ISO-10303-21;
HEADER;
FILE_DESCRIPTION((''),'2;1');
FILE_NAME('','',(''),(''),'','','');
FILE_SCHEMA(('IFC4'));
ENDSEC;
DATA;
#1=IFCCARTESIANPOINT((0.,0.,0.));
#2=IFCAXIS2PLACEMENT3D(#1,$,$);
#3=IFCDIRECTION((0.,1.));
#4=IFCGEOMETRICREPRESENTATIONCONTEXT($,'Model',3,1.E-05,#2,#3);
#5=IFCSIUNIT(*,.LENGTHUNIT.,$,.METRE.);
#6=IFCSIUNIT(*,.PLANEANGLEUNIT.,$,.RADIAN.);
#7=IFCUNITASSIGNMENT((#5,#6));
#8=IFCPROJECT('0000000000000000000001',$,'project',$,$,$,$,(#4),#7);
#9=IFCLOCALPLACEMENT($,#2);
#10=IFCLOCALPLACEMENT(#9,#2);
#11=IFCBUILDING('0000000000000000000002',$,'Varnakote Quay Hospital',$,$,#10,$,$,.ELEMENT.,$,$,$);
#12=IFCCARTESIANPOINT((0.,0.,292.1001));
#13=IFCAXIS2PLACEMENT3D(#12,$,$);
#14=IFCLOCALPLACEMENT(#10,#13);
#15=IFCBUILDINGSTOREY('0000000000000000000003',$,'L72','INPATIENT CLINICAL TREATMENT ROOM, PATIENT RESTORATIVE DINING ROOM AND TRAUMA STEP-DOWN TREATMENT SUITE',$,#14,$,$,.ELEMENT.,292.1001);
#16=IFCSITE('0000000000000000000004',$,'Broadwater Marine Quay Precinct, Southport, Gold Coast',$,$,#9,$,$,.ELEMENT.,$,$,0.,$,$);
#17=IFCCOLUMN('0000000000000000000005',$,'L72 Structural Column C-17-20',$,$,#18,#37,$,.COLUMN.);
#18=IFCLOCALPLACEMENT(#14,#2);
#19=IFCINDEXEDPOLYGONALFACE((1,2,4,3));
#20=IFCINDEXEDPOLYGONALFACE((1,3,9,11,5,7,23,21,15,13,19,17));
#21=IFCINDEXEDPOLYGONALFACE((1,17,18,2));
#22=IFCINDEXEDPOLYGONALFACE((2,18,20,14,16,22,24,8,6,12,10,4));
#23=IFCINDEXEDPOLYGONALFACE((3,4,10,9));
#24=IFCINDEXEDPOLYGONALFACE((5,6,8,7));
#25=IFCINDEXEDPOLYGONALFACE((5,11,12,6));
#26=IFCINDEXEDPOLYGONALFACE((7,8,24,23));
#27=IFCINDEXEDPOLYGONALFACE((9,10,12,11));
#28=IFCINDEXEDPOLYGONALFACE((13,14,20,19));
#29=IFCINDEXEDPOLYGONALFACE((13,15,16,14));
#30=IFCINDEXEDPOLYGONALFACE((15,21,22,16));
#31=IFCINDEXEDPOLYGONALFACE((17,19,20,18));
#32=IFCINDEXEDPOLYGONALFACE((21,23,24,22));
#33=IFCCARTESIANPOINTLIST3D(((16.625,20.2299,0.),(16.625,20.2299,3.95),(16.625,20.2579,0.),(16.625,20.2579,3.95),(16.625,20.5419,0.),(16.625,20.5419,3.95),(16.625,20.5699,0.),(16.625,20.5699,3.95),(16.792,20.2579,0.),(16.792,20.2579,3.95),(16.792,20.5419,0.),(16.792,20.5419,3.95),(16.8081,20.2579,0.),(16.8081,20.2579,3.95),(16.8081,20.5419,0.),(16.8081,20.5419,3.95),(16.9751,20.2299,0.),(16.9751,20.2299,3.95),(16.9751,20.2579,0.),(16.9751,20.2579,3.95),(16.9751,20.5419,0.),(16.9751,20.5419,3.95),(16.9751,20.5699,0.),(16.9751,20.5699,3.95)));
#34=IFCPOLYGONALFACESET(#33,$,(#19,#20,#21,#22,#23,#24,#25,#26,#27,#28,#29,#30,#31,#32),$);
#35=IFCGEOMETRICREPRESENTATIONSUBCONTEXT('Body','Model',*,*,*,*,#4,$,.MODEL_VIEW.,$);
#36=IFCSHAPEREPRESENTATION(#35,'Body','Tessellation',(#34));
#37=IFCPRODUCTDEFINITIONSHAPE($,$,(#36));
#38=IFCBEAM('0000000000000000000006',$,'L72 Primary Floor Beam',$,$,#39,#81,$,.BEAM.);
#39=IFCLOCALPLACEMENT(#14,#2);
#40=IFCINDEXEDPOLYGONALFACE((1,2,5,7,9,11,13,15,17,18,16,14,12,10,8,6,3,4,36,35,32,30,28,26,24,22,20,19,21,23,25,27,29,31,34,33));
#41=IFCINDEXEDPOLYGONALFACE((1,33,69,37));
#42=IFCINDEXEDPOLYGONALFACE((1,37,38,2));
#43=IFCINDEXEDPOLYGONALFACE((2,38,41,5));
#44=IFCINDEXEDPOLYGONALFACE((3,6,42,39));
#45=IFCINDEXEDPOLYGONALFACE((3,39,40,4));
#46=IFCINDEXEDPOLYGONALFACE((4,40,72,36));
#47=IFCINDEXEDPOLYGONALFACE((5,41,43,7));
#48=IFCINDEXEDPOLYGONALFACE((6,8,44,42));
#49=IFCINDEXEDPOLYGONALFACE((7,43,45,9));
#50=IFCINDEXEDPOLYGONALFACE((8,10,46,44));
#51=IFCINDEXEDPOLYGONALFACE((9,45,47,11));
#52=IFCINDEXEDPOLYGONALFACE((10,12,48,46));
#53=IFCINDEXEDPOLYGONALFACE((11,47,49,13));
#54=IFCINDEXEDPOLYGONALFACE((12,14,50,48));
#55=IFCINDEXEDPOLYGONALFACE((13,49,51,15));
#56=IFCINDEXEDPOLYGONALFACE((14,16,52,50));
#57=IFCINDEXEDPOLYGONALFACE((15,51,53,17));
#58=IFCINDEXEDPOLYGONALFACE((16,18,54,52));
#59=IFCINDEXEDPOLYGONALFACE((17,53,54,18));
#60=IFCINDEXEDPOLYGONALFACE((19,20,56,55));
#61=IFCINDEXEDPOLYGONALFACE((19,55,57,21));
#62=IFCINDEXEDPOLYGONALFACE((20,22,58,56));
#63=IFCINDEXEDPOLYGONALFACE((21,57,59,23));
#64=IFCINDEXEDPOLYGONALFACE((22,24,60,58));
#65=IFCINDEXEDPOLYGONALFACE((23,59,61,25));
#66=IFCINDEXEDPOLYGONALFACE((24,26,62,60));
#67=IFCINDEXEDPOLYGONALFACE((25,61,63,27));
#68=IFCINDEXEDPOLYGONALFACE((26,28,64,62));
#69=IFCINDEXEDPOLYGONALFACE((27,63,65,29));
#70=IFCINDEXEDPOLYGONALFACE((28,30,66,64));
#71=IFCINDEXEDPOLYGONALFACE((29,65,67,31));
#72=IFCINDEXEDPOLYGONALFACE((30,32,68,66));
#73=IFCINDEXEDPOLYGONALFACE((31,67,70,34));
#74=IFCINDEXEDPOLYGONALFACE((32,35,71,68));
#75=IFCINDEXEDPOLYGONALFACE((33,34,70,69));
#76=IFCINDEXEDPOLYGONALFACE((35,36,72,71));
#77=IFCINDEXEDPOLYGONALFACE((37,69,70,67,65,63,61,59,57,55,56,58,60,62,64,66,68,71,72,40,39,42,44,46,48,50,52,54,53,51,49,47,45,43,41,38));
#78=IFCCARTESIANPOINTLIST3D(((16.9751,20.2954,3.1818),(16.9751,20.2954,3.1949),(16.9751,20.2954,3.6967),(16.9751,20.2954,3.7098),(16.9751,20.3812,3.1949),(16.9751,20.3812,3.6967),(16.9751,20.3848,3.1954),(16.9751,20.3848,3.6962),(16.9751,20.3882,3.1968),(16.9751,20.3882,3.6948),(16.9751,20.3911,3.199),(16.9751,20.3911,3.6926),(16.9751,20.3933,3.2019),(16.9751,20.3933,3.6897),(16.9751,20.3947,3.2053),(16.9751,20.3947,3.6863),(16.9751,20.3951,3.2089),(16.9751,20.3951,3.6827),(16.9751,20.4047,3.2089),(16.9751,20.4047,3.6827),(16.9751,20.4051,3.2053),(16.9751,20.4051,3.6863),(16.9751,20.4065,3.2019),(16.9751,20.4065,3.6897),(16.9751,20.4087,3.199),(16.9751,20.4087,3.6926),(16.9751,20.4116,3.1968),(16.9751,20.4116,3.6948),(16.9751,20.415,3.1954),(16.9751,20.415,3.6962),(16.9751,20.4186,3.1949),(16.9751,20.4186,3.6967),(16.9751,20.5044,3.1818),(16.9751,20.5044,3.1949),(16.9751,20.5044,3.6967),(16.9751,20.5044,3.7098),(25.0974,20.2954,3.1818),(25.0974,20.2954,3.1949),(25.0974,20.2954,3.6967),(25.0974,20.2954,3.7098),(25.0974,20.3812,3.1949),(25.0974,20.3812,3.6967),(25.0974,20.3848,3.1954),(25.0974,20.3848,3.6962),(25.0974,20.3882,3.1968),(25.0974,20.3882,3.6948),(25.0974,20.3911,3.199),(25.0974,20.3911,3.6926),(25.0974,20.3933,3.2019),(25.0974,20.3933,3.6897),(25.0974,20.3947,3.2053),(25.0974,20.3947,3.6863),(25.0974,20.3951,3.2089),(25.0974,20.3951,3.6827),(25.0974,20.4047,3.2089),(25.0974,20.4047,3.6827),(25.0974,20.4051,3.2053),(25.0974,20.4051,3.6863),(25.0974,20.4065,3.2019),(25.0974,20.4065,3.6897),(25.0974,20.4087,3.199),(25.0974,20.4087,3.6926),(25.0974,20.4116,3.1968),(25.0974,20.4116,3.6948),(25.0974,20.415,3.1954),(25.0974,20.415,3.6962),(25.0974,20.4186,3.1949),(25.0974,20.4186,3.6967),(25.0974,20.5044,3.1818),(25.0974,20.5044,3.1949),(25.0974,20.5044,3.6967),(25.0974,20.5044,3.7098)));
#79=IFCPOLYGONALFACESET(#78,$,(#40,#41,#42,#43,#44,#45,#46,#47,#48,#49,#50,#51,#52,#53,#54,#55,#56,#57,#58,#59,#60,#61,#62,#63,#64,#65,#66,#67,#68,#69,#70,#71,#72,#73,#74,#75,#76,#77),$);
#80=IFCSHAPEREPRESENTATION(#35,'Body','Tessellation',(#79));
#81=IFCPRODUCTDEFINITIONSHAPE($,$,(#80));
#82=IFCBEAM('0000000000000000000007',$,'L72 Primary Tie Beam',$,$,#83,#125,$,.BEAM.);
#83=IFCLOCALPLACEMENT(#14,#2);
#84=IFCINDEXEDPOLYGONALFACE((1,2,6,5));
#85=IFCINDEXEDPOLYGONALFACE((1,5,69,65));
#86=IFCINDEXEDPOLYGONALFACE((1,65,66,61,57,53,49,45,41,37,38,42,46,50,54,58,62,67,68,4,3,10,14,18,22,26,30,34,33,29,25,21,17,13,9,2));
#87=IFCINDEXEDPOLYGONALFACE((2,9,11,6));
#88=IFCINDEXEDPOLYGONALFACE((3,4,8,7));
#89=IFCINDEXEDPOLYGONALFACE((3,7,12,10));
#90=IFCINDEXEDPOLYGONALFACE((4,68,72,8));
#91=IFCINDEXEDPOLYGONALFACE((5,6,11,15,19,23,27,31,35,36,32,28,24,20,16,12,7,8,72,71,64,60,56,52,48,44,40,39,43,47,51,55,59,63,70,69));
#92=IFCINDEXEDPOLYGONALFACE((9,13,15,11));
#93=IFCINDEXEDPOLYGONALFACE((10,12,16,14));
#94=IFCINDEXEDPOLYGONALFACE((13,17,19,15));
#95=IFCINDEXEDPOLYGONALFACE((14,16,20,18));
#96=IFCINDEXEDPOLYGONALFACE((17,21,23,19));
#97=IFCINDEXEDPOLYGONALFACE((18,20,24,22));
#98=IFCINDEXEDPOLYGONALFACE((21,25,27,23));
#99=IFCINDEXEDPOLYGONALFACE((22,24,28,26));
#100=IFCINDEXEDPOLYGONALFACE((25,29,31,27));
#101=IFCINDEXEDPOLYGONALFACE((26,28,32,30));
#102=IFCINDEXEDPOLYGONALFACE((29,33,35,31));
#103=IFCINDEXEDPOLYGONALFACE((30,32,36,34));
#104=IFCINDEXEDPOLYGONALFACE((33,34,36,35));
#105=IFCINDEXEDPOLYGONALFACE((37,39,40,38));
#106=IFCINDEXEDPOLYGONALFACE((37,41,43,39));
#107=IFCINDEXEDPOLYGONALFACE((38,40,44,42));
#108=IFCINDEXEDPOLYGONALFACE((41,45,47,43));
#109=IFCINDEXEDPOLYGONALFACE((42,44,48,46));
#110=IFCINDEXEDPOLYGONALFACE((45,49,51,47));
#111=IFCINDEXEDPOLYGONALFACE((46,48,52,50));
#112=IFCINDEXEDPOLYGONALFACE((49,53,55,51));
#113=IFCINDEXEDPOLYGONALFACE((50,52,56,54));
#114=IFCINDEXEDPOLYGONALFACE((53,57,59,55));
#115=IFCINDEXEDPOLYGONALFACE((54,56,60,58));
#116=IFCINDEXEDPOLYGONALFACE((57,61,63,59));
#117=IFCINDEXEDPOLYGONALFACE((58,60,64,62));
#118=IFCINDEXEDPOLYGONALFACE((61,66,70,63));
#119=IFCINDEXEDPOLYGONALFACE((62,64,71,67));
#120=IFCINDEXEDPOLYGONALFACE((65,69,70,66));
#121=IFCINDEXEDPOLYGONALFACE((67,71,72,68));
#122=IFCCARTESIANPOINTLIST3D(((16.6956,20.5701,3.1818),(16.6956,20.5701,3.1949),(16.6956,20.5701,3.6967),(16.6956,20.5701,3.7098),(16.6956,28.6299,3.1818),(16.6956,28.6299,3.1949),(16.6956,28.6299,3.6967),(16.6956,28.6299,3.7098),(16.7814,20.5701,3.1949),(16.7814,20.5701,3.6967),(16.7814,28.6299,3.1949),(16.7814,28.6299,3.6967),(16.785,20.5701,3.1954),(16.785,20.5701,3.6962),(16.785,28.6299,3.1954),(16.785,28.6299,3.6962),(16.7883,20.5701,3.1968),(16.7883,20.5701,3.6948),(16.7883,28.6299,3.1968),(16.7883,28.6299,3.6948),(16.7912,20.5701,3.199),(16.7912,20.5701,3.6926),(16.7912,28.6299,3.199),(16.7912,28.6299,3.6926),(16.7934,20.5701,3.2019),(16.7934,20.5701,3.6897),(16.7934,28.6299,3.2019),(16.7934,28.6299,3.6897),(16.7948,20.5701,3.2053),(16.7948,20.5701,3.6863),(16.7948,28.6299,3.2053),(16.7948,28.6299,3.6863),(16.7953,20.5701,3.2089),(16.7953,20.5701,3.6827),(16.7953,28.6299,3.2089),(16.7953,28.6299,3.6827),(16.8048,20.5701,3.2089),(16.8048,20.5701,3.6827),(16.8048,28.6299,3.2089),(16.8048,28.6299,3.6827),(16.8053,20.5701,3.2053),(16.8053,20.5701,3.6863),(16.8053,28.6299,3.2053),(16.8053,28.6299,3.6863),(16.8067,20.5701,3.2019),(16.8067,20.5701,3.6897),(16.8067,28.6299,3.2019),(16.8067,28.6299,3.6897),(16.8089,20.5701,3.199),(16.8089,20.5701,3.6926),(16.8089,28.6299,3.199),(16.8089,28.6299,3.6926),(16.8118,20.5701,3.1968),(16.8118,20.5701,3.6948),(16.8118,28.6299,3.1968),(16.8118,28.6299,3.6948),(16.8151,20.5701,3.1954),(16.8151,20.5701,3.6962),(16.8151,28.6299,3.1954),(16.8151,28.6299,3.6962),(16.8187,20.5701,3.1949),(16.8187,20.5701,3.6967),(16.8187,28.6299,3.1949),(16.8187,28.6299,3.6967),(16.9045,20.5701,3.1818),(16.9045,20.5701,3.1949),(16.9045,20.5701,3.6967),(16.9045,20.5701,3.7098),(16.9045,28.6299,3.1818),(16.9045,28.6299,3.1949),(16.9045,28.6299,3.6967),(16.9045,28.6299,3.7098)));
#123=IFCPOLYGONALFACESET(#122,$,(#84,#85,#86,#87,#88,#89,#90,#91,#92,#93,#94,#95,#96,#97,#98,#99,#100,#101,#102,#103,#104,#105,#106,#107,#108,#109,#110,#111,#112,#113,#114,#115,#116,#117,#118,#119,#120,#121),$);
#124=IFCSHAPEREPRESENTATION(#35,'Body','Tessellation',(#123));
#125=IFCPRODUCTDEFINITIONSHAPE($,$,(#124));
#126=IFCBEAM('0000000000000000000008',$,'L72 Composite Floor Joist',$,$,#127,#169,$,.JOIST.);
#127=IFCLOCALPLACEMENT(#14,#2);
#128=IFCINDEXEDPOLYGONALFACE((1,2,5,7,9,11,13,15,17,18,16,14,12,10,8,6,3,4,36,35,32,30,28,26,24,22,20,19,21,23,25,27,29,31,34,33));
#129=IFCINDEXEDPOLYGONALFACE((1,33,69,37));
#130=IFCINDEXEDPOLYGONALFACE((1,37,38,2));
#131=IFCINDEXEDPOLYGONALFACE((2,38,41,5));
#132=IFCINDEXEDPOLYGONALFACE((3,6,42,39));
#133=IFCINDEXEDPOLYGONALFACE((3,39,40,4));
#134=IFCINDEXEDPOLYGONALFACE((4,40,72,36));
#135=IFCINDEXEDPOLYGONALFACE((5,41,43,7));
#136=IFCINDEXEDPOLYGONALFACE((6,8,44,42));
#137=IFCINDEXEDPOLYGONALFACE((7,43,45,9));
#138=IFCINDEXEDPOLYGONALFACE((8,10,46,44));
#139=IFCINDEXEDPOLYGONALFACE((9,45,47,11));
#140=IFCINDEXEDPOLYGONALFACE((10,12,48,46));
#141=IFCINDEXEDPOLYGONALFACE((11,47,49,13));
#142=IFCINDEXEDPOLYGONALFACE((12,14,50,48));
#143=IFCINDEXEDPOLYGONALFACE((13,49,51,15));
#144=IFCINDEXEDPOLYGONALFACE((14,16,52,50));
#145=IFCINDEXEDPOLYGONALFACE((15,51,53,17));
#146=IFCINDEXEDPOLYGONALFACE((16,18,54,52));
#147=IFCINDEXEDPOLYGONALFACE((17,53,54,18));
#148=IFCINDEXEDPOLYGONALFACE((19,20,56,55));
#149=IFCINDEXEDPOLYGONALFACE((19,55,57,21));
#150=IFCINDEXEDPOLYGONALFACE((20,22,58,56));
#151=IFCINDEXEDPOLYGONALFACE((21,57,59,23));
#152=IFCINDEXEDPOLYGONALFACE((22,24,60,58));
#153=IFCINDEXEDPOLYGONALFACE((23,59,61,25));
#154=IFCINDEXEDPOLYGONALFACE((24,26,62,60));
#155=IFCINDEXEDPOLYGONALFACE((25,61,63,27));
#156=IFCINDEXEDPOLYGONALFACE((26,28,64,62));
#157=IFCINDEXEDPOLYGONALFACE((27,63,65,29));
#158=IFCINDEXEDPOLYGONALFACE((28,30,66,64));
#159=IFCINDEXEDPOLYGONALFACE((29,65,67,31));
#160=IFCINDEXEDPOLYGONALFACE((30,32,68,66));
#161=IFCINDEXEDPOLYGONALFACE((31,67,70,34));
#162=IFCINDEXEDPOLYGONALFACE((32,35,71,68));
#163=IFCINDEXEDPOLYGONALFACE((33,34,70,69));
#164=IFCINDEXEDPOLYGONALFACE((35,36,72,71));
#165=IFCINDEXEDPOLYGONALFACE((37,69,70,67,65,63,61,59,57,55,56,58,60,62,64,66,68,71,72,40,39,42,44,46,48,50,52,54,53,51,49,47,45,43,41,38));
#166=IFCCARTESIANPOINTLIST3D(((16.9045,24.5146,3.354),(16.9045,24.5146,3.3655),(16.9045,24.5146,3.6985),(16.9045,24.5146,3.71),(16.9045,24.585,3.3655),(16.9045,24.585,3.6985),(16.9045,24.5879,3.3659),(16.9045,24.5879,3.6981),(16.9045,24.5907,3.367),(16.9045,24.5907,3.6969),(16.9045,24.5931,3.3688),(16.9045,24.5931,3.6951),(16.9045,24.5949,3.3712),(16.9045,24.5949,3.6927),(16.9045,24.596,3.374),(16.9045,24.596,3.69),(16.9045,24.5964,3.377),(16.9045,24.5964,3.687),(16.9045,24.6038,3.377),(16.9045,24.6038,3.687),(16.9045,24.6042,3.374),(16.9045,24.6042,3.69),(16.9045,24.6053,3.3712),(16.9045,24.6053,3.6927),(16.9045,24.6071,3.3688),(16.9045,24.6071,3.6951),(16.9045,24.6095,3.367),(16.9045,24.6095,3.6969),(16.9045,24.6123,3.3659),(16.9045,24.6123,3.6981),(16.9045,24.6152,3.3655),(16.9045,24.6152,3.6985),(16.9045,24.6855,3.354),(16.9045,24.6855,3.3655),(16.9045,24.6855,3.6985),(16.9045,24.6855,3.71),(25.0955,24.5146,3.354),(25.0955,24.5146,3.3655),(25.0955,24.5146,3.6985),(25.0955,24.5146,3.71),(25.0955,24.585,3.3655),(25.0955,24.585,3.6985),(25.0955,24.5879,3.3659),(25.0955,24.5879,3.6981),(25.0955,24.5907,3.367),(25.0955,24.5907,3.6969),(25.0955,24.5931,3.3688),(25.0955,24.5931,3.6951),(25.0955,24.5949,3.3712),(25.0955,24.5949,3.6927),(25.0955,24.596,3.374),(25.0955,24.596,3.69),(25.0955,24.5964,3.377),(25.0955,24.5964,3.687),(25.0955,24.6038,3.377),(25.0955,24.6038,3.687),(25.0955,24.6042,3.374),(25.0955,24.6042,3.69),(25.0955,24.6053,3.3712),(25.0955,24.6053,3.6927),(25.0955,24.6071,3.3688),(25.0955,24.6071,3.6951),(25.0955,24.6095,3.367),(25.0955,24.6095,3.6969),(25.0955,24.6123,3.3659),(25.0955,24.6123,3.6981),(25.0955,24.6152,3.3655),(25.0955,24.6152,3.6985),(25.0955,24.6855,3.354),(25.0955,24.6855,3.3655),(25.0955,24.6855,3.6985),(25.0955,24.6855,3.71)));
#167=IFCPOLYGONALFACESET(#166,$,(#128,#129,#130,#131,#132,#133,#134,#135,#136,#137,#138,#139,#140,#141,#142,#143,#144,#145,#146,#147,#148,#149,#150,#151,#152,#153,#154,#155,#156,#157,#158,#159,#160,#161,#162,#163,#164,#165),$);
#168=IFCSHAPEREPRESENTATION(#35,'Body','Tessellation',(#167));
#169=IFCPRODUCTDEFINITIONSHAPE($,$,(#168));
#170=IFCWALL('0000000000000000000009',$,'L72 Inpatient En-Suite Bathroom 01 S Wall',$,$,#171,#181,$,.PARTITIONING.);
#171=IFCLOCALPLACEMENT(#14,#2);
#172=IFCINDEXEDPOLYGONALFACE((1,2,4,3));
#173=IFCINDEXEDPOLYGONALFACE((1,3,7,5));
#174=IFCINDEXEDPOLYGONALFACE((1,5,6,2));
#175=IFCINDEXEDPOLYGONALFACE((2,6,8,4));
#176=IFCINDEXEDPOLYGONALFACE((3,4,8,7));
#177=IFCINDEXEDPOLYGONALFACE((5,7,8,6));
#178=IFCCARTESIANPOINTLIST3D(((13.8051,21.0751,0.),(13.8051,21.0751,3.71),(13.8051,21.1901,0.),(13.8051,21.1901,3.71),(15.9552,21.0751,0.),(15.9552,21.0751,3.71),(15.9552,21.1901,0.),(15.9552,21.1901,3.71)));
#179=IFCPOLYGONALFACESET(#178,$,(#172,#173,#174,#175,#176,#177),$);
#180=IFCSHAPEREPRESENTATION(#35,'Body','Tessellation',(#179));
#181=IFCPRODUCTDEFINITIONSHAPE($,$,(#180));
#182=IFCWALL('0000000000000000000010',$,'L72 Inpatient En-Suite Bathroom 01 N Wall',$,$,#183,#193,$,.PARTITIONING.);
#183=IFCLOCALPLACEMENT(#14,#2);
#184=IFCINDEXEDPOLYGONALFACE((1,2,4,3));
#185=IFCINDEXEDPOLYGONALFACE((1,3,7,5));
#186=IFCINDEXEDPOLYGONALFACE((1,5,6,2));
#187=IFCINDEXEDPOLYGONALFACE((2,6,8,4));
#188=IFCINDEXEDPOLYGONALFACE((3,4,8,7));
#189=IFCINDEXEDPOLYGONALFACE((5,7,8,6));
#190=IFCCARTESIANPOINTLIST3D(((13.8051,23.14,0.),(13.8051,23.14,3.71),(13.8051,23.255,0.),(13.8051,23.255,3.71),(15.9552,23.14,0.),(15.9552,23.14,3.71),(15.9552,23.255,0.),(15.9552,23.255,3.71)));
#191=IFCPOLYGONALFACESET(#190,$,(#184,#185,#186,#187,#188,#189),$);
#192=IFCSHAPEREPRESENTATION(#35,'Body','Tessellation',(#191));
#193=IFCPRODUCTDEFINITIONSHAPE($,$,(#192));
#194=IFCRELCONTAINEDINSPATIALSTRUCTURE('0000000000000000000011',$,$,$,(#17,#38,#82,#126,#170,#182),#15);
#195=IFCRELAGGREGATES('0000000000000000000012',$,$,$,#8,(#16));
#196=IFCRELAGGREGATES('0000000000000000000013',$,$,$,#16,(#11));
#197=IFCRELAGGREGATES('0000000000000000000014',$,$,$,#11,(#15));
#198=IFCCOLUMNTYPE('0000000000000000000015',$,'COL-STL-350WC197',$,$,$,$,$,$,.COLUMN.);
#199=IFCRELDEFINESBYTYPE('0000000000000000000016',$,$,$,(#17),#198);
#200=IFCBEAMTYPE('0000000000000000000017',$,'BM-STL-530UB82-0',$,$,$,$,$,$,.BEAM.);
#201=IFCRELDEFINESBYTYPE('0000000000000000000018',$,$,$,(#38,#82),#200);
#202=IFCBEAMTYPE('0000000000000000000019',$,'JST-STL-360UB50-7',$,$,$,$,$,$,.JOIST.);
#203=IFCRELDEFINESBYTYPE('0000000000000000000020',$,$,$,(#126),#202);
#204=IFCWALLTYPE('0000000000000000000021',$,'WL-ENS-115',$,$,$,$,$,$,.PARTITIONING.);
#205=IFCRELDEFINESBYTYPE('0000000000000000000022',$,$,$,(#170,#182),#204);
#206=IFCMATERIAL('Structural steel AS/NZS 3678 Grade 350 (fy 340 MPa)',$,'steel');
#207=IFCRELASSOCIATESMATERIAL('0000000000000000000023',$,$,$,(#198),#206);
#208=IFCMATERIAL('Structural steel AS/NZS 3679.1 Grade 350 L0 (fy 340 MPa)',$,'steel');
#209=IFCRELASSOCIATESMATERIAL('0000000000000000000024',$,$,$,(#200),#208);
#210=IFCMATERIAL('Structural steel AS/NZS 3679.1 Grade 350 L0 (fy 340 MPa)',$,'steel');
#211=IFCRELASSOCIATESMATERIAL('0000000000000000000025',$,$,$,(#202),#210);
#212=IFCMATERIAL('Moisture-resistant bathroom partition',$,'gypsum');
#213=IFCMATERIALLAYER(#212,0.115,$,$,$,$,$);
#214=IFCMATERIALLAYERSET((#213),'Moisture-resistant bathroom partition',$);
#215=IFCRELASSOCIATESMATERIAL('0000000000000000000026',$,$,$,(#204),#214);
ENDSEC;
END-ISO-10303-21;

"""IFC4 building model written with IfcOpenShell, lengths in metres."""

from ifc_helpers import new_model, si_unit, direction, frame, frame_2d, origin, origin_2d, place, context, subcontext, project, spatial, rectangle, i_section, extrude, material, layer, layer_set, material_profile, profile_set, type_object, element, save


model = new_model("IFC4")

# Units and contexts
model_context = context("Model", 3, precision=1e-05, world=origin(), true_north=direction((0.0, 1.0)))
body_context = subcontext(model_context, "Body", "Model", "MODEL_VIEW")
ifc_project = project(units=[si_unit("LENGTHUNIT", "METRE"), si_unit("PLANEANGLEUNIT", "RADIAN")], contexts=[model_context])

# Site, building, storey
site_placement = place(None, origin())
site = spatial("IfcSite", under=ifc_project, at=site_placement, Name="Broadwater Marine Quay Precinct, Southport, Gold Coast", CompositionType="ELEMENT", RefElevation=0.0)
building_placement = place(site_placement, origin())
building = spatial("IfcBuilding", under=site, at=building_placement, Name="Varnakote Quay Hospital", CompositionType="ELEMENT")
storey_placement = place(building_placement, frame((0.0, 0.0, 292.1001)))
storey = spatial("IfcBuildingStorey", under=building, at=storey_placement, Name="L72", Description="INPATIENT CLINICAL TREATMENT ROOM, PATIENT RESTORATIVE DINING ROOM AND TRAUMA STEP-DOWN TREATMENT SUITE", CompositionType="ELEMENT", Elevation=292.1001)

# Column
ifc_material_1 = material(Name="Structural steel AS/NZS 3678 Grade 350 (fy 340 MPa)", Category="steel")
ifc_material_profile_1 = material_profile(ifc_material_1, i_section(OverallWidth=0.3501, OverallDepth=0.3401, WebThickness=0.0161, FlangeThickness=0.0281, at=origin_2d()), Name="350WC197")
ifc_profile_set_1 = profile_set([ifc_material_profile_1], Name="Structural steel AS/NZS 3678 Grade 350 (fy 340 MPa)")
column_type = type_object("IfcColumnType", Name="COL-STL-350WC197", PredefinedType="COLUMN", material=ifc_profile_set_1)
column_placement = place(storey_placement, frame((16.8, 20.3999, 0.0), z_axis=(0.0, 0.0, 1.0), x_axis=(1.0, 0.0, 0.0)))
element("IfcColumn", 1, at=column_placement, inside=storey, type_object=column_type, Name="L72 Structural Column C-17-20", PredefinedType="COLUMN", context=body_context, shape_type="SweptSolid", body=[
    extrude(i_section(OverallWidth=0.3501, OverallDepth=0.3401, WebThickness=0.0161, FlangeThickness=0.0281, at=origin_2d()), origin(), (0.0, 0.0, 1.0), 3.95),
])

# Beams
ifc_material_2 = material(Name="Structural steel AS/NZS 3679.1 Grade 350 L0 (fy 340 MPa)", Category="steel")
ifc_material_profile_2 = material_profile(ifc_material_2, i_section(OverallWidth=0.209, OverallDepth=0.5281, WebThickness=0.0095, FlangeThickness=0.0132, FilletRadius=0.0139, at=origin_2d()), Name="530UB82.0")
ifc_profile_set_2 = profile_set([ifc_material_profile_2], Name="Structural steel AS/NZS 3679.1 Grade 350 L0 (fy 340 MPa)")
beam_type_1 = type_object("IfcBeamType", Name="BM-STL-530UB82-0", PredefinedType="BEAM", material=ifc_profile_set_2)
beam_1_placement = place(storey_placement, frame((16.9751, 20.3999, 3.4458), z_axis=(1.0, 0.0, 0.0), x_axis=(0.0, 1.0, 0.0)))
element("IfcBeam", 2, at=beam_1_placement, inside=storey, type_object=beam_type_1, Name="L72 Primary Floor Beam", PredefinedType="BEAM", context=body_context, shape_type="SweptSolid", body=[
    extrude(i_section(OverallWidth=0.209, OverallDepth=0.5281, WebThickness=0.0095, FlangeThickness=0.0132, FilletRadius=0.0139, at=origin_2d()), origin(), (0.0, 0.0, 1.0), 8.1223),
])
beam_2_placement = place(storey_placement, frame((16.8, 20.5701, 3.4458), z_axis=(0.0, 1.0, 0.0), x_axis=(-1.0, 0.0, 0.0)))
element("IfcBeam", 3, at=beam_2_placement, inside=storey, type_object=beam_type_1, Name="L72 Primary Tie Beam", PredefinedType="BEAM", context=body_context, shape_type="SweptSolid", body=[
    extrude(i_section(OverallWidth=0.209, OverallDepth=0.5281, WebThickness=0.0095, FlangeThickness=0.0132, FilletRadius=0.0139, at=origin_2d()), origin(), (0.0, 0.0, 1.0), 8.0598),
])
ifc_material_3 = material(Name="Structural steel AS/NZS 3679.1 Grade 350 L0 (fy 340 MPa)", Category="steel")
ifc_material_profile_3 = material_profile(ifc_material_3, i_section(OverallWidth=0.1709, OverallDepth=0.356, WebThickness=0.0073, FlangeThickness=0.0115, FilletRadius=0.0115, at=origin_2d()), Name="360UB50.7")
ifc_profile_set_3 = profile_set([ifc_material_profile_3], Name="Structural steel AS/NZS 3679.1 Grade 350 L0 (fy 340 MPa)")
beam_type_2 = type_object("IfcBeamType", Name="JST-STL-360UB50-7", PredefinedType="JOIST", material=ifc_profile_set_3)
beam_3_placement = place(storey_placement, frame((16.9045, 24.6001, 3.532), z_axis=(1.0, 0.0, 0.0), x_axis=(0.0, 1.0, 0.0)))
element("IfcBeam", 4, at=beam_3_placement, inside=storey, type_object=beam_type_2, Name="L72 Composite Floor Joist", PredefinedType="JOIST", context=body_context, shape_type="SweptSolid", body=[
    extrude(i_section(OverallWidth=0.1709, OverallDepth=0.356, WebThickness=0.0073, FlangeThickness=0.0115, FilletRadius=0.0115, at=origin_2d()), origin(), (0.0, 0.0, 1.0), 8.1909),
])

# Walls
ifc_material_4 = material(Name="Moisture-resistant bathroom partition", Category="gypsum")
ifc_layer_1 = layer(ifc_material_4, 0.115)
ifc_layer_set_1 = layer_set([ifc_layer_1], Name="Moisture-resistant bathroom partition")
wall_type_1 = type_object("IfcWallType", Name="WL-ENS-115", PredefinedType="PARTITIONING", material=ifc_layer_set_1)
for number, where, z_axis, x_axis, name in (
    (5, (13.8049, 21.1326, 0.0), (0.0, 0.0, 1.0), (1.0, 0.0, 0.0), "L72 Inpatient En-Suite Bathroom 01 S Wall"),
    (6, (13.8049, 23.1975, 0.0), (0.0, 0.0, 1.0), (1.0, 0.0, 0.0), "L72 Inpatient En-Suite Bathroom 01 N Wall"),
):
    element("IfcWall", number, at=place(storey_placement, frame(where, z_axis=z_axis, x_axis=x_axis)), inside=storey, type_object=wall_type_1, Name=name, PredefinedType="PARTITIONING", context=body_context, shape_type="SweptSolid", body=[
        extrude(rectangle(XDim=2.1501, YDim=0.115, at=frame_2d((1.0752, 0.0))), origin(), (0.0, 0.0, 1.0), 3.71),
    ])

save(model, "model.ifc")
